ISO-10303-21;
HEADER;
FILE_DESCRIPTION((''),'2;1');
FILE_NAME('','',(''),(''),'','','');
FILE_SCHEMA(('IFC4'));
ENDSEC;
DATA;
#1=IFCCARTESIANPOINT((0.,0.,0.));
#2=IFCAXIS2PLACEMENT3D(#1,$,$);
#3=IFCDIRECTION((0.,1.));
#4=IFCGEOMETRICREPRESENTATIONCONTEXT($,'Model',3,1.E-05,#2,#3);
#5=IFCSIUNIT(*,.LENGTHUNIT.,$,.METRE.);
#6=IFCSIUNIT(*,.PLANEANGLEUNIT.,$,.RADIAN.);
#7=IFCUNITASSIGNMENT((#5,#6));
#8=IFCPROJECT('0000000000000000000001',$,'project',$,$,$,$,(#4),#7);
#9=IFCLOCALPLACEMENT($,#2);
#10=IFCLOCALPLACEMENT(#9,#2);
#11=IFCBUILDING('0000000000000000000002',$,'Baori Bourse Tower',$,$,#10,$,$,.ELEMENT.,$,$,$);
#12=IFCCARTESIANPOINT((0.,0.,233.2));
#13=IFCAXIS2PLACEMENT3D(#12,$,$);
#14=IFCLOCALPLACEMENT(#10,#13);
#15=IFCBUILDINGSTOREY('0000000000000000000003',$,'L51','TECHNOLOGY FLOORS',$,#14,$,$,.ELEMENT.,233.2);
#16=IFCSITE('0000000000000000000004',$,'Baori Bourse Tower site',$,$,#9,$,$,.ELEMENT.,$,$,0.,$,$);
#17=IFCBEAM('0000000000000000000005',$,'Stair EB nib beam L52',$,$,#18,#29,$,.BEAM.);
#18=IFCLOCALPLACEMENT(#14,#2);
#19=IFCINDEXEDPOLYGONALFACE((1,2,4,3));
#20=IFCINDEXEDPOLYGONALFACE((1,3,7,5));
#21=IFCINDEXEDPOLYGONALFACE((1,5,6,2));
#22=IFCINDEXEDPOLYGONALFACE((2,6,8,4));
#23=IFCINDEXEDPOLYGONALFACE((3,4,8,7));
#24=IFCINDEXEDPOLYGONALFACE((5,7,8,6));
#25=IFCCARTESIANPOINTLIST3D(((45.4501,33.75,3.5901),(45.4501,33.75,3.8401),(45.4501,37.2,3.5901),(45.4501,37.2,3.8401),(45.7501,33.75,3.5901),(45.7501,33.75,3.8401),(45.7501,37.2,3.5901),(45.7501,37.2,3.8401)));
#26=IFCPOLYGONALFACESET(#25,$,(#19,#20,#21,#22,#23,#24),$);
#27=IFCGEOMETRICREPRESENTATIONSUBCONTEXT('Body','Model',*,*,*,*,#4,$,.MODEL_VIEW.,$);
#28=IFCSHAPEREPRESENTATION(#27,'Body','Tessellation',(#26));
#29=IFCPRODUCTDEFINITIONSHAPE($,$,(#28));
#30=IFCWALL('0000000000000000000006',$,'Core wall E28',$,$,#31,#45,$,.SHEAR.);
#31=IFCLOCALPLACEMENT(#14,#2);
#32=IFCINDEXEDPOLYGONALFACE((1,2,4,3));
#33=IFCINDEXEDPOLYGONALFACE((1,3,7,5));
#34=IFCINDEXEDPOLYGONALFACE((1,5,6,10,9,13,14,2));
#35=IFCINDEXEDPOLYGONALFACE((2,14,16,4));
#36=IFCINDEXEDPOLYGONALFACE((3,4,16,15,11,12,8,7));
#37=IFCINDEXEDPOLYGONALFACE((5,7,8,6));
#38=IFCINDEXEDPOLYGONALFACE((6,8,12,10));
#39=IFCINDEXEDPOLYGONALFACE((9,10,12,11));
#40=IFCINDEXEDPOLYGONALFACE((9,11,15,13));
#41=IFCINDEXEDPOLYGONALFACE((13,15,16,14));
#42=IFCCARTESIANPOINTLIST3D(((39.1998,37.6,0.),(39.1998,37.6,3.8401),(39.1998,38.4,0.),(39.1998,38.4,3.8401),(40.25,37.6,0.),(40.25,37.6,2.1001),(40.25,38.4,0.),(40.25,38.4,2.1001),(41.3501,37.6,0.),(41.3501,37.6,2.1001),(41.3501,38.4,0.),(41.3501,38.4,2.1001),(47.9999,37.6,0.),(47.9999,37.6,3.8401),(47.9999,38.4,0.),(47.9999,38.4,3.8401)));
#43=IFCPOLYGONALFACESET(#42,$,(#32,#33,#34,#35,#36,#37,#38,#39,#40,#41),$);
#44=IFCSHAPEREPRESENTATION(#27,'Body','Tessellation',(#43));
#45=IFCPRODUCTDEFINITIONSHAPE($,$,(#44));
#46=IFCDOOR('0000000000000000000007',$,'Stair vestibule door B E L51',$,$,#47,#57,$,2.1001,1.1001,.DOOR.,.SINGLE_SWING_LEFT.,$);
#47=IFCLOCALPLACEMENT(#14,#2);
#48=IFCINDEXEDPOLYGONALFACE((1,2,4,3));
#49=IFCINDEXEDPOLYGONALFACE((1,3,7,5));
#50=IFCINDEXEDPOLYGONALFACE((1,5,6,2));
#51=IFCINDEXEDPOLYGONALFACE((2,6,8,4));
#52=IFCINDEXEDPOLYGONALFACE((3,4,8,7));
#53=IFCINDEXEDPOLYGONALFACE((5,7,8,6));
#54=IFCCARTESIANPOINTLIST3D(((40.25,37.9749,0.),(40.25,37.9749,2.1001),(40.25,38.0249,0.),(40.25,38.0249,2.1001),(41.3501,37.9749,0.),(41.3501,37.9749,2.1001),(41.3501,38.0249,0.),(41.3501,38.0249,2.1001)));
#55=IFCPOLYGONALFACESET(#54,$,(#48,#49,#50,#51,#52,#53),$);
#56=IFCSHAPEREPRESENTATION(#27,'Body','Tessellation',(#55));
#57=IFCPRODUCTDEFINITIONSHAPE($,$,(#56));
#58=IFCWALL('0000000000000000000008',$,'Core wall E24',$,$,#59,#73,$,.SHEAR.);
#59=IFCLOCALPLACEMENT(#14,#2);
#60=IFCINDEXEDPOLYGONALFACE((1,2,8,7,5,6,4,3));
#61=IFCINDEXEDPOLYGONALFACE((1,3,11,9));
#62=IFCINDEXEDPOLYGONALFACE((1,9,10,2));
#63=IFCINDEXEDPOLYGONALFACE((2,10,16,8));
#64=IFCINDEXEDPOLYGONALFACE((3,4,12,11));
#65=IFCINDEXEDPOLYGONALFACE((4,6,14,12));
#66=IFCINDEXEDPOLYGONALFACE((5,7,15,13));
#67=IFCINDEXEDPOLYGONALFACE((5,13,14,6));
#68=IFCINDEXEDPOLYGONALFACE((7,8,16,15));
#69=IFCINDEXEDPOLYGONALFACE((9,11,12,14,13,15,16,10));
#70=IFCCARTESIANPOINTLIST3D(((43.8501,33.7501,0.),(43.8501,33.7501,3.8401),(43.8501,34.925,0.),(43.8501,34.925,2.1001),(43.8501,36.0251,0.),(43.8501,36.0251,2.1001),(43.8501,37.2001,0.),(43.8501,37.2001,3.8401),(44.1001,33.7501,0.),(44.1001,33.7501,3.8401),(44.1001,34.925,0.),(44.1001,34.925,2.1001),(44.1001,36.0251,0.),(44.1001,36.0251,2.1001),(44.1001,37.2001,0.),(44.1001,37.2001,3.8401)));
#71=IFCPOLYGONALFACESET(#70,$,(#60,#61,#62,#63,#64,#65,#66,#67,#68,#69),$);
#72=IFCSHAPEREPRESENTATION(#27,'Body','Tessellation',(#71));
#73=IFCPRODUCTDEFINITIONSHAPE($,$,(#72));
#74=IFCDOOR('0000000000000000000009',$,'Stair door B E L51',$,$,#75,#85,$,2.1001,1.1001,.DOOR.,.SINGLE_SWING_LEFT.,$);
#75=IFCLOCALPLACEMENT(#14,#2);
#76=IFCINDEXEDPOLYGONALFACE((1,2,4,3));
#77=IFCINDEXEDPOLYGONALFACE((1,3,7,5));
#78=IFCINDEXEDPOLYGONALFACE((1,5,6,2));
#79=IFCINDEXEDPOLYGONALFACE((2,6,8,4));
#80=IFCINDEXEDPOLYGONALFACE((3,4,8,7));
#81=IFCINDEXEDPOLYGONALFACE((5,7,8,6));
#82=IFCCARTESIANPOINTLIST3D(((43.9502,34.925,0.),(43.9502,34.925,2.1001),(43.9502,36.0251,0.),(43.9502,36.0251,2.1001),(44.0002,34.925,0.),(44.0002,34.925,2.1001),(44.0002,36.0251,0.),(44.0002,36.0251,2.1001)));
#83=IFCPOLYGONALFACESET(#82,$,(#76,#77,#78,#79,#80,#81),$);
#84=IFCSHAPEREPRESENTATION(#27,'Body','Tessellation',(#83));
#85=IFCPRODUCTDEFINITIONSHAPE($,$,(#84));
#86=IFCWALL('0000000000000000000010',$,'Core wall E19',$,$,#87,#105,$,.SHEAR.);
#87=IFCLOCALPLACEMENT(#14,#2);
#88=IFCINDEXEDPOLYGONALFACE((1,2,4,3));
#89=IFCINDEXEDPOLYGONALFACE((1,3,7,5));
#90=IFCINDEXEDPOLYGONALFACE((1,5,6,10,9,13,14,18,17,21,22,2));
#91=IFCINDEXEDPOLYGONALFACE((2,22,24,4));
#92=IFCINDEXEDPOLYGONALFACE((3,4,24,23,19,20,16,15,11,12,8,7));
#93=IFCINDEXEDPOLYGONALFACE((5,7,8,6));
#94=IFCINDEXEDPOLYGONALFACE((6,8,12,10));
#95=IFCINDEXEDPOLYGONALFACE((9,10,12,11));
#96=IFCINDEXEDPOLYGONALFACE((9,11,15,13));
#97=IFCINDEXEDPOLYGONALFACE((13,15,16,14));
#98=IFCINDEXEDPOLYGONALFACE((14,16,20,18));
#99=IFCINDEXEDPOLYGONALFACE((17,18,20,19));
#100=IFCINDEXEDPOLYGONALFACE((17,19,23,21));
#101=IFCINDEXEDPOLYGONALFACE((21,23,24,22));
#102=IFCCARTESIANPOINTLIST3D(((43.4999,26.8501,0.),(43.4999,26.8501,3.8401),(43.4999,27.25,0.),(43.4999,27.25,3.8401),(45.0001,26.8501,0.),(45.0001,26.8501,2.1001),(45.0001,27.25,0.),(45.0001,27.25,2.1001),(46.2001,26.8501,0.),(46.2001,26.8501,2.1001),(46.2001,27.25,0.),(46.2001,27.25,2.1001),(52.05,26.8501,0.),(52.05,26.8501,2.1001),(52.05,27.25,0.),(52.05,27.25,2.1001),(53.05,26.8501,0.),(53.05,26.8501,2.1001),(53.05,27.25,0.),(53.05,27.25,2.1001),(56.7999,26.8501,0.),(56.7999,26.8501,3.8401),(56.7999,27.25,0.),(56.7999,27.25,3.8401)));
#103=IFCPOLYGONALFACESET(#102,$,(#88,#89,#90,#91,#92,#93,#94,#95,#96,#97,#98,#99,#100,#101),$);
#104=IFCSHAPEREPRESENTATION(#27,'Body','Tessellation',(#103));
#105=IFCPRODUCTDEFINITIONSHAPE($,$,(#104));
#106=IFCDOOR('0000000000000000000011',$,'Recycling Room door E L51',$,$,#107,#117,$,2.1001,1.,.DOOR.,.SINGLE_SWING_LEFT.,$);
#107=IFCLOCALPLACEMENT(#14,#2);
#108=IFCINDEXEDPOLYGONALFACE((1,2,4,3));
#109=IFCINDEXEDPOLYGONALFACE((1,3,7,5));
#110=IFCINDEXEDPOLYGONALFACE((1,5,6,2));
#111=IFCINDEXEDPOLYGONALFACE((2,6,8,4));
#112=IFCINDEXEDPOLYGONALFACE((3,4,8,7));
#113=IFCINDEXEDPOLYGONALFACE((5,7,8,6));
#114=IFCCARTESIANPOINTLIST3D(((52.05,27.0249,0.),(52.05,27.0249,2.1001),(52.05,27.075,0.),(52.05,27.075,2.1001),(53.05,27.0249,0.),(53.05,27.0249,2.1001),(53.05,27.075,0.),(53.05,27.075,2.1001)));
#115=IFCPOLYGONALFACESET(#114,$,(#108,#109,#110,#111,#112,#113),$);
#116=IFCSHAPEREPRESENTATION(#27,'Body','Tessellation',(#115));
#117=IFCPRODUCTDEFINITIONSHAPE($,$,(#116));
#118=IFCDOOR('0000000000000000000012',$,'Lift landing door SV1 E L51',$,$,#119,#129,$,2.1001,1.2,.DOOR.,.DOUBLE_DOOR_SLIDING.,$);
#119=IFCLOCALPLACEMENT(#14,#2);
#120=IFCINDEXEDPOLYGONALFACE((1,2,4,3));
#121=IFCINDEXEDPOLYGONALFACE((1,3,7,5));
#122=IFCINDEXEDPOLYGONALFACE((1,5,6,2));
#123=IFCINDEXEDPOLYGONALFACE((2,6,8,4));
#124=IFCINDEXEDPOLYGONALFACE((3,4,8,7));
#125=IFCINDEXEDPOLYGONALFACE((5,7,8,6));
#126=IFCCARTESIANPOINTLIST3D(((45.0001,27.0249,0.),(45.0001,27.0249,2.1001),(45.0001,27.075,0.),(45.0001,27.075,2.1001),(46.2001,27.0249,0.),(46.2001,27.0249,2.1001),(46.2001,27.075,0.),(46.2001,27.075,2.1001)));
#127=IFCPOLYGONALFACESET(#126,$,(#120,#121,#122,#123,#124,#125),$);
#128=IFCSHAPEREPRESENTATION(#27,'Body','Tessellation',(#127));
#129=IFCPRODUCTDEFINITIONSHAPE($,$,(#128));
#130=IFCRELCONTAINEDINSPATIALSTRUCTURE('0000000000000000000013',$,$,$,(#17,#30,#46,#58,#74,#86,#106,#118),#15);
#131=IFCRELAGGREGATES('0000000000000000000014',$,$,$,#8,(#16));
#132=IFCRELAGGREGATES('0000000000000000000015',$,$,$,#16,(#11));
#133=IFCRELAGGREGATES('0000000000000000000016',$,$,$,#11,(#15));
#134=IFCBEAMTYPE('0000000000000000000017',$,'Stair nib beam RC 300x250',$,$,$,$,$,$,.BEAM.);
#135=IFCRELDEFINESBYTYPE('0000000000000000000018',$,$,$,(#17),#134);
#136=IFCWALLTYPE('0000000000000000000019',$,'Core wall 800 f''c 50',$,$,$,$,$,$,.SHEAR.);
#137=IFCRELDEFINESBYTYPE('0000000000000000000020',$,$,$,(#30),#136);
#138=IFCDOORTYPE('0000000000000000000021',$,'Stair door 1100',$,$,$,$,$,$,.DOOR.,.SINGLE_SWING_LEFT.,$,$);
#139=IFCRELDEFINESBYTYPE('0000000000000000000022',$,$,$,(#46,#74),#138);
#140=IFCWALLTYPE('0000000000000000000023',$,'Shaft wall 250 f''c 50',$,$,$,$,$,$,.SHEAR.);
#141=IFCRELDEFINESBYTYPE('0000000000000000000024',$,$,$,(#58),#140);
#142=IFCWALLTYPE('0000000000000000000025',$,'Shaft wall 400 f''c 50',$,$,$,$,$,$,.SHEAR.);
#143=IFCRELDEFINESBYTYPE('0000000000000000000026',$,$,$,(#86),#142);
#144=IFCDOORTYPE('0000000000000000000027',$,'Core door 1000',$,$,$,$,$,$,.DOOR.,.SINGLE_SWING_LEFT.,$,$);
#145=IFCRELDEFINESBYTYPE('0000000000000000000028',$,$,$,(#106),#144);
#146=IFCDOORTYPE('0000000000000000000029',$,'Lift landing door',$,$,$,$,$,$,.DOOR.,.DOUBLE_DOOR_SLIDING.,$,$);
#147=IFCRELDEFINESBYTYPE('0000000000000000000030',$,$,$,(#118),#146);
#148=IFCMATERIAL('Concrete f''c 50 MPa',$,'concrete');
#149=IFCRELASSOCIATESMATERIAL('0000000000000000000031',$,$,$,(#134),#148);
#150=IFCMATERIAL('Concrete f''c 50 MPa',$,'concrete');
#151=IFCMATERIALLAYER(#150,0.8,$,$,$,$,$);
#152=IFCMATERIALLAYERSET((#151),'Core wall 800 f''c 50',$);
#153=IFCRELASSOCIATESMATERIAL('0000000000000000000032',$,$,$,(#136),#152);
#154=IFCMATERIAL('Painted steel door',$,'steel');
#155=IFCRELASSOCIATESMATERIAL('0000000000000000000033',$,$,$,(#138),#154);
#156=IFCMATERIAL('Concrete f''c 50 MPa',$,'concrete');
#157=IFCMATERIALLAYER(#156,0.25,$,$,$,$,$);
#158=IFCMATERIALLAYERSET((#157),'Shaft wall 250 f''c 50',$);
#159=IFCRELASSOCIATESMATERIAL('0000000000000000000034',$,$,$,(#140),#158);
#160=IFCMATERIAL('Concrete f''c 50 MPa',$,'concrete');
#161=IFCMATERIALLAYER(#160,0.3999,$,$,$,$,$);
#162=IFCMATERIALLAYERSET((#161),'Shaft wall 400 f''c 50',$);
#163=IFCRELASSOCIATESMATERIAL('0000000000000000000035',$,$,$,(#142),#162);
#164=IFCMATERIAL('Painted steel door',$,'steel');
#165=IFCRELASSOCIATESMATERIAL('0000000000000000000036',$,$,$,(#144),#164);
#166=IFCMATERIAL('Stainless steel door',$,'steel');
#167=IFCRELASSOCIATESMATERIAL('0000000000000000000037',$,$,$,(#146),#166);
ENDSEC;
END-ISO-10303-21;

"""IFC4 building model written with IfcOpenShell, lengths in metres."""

from ifc_helpers import new_model, si_unit, direction, frame, frame_2d, origin, origin_2d, place, context, subcontext, project, spatial, rectangle, extrude, material, layer, layer_set, material_profile, profile_set, type_object, element, fill, save


model = new_model("IFC4")

# Units and contexts
model_context = context("Model", 3, precision=1e-05, world=origin(), true_north=direction((0.0, 1.0)))
body_context = subcontext(model_context, "Body", "Model", "MODEL_VIEW")
ifc_project = project(units=[si_unit("LENGTHUNIT", "METRE"), si_unit("PLANEANGLEUNIT", "RADIAN")], contexts=[model_context])

# Site, building, storey
site_placement = place(None, origin())
site = spatial("IfcSite", under=ifc_project, at=site_placement, Name="Baori Bourse Tower site", CompositionType="ELEMENT", RefElevation=0.0)
building_placement = place(site_placement, origin())
building = spatial("IfcBuilding", under=site, at=building_placement, Name="Baori Bourse Tower", CompositionType="ELEMENT")
storey_placement = place(building_placement, frame((0.0, 0.0, 233.2)))
storey = spatial("IfcBuildingStorey", under=building, at=storey_placement, Name="L51", Description="TECHNOLOGY FLOORS", CompositionType="ELEMENT", Elevation=233.2)

# Beam
ifc_material_1 = material(Name="Concrete f'c 50 MPa", Category="concrete")
ifc_material_profile = material_profile(ifc_material_1, rectangle(XDim=0.3, YDim=0.25, at=origin_2d()), Name="RC 300x250")
ifc_profile_set = profile_set([ifc_material_profile], Name="Concrete f'c 50 MPa")
beam_type = type_object("IfcBeamType", Name="Stair nib beam RC 300x250", PredefinedType="BEAM", material=ifc_profile_set)
beam_placement = place(storey_placement, frame((45.6001, 33.75, 3.7151), z_axis=(0.0, 1.0, 0.0), x_axis=(-1.0, 0.0, 0.0)))
element("IfcBeam", 1, at=beam_placement, inside=storey, type_object=beam_type, Name="Stair EB nib beam L52", PredefinedType="BEAM", context=body_context, shape_type="SweptSolid", body=[
    extrude(rectangle(XDim=0.3, YDim=0.25, at=origin_2d()), origin(), (0.0, 0.0, 1.0), 3.45),
])

# Walls, openings, doors
ifc_material_2 = material(Name="Concrete f'c 50 MPa", Category="concrete")
ifc_layer_1 = layer(ifc_material_2, 0.8)
ifc_layer_set_1 = layer_set([ifc_layer_1], Name="Core wall 800 f'c 50")
wall_type_1 = type_object("IfcWallType", Name="Core wall 800 f'c 50", PredefinedType="SHEAR", material=ifc_layer_set_1)
wall_1_placement = place(storey_placement, frame((39.2, 38.0, 0.0), z_axis=(0.0, 0.0, 1.0), x_axis=(1.0, 0.0, 0.0)))
wall_1 = element("IfcWall", 2, at=wall_1_placement, inside=storey, type_object=wall_type_1, Name="Core wall E28", PredefinedType="SHEAR", context=body_context, shape_type="SweptSolid", body=[
    extrude(rectangle(XDim=8.8, YDim=0.8, at=frame_2d((4.3999, 0.0))), origin(), (0.0, 0.0, 1.0), 3.8401),
])
opening_1_placement = place(wall_1_placement, frame((1.05, 0.0, 0.0)))
opening_1 = element("IfcOpeningElement", 3, at=opening_1_placement, cuts=wall_1, PredefinedType="OPENING", context=body_context, shape_type="SweptSolid", body=[
    extrude(rectangle(XDim=1.1001, YDim=2.1001, at=frame_2d((0.55, 1.05))), frame((0.0, 0.4099, 0.0), z_axis=(0.0, -1.0, 0.0), x_axis=(1.0, 0.0, 0.0)), (0.0, 0.0, 1.0), 0.8201),
])
ifc_material_3 = material(Name="Painted steel door", Category="steel")
door_type_1 = type_object("IfcDoorType", Name="Stair door 1100", OperationType="SINGLE_SWING_LEFT", PredefinedType="DOOR", material=ifc_material_3)
door_1_placement = place(opening_1_placement, origin())
door_1 = element("IfcDoor", 4, at=door_1_placement, inside=storey, type_object=door_type_1, Name="Stair vestibule door B E L51", OperationType="SINGLE_SWING_LEFT", OverallHeight=2.1001, OverallWidth=1.1001, PredefinedType="DOOR", context=body_context, shape_type="SweptSolid", body=[
    extrude(rectangle(XDim=1.1001, YDim=2.1001, at=frame_2d((0.55, 1.05))), frame((0.0, 0.0249, 0.0), z_axis=(0.0, -1.0, 0.0), x_axis=(1.0, 0.0, 0.0)), (0.0, 0.0, 1.0), 0.05),
])
fill(opening_1, door_1)
ifc_material_4 = material(Name="Concrete f'c 50 MPa", Category="concrete")
ifc_layer_2 = layer(ifc_material_4, 0.25)
ifc_layer_set_2 = layer_set([ifc_layer_2], Name="Shaft wall 250 f'c 50")
wall_type_2 = type_object("IfcWallType", Name="Shaft wall 250 f'c 50", PredefinedType="SHEAR", material=ifc_layer_set_2)
wall_2_placement = place(storey_placement, frame((43.9751, 33.75, 0.0), z_axis=(0.0, 0.0, 1.0), x_axis=(0.0, 1.0, 0.0)))
wall_2 = element("IfcWall", 5, at=wall_2_placement, inside=storey, type_object=wall_type_2, Name="Core wall E24", PredefinedType="SHEAR", context=body_context, shape_type="SweptSolid", body=[
    extrude(rectangle(XDim=3.45, YDim=0.25, at=frame_2d((1.7251, 0.0))), origin(), (0.0, 0.0, 1.0), 3.8401),
])
opening_2_placement = place(wall_2_placement, frame((1.175, 0.0, 0.0)))
opening_2 = element("IfcOpeningElement", 6, at=opening_2_placement, cuts=wall_2, PredefinedType="OPENING", context=body_context, shape_type="SweptSolid", body=[
    extrude(rectangle(XDim=1.1001, YDim=2.1001, at=frame_2d((0.55, 1.05))), frame((0.0, 0.135, 0.0), z_axis=(0.0, -1.0, 0.0), x_axis=(1.0, 0.0, 0.0)), (0.0, 0.0, 1.0), 0.27),
])
door_2_placement = place(opening_2_placement, origin())
door_2 = element("IfcDoor", 7, at=door_2_placement, inside=storey, type_object=door_type_1, Name="Stair door B E L51", OperationType="SINGLE_SWING_LEFT", OverallHeight=2.1001, OverallWidth=1.1001, PredefinedType="DOOR", context=body_context, shape_type="SweptSolid", body=[
    extrude(rectangle(XDim=1.1001, YDim=2.1001, at=frame_2d((0.55, 1.05))), frame((0.0, 0.0249, 0.0), z_axis=(0.0, -1.0, 0.0), x_axis=(1.0, 0.0, 0.0)), (0.0, 0.0, 1.0), 0.05),
])
fill(opening_2, door_2)

# Wall, openings, doors
ifc_material_5 = material(Name="Concrete f'c 50 MPa", Category="concrete")
ifc_layer_3 = layer(ifc_material_5, 0.3999)
ifc_layer_set_3 = layer_set([ifc_layer_3], Name="Shaft wall 400 f'c 50")
wall_type_3 = type_object("IfcWallType", Name="Shaft wall 400 f'c 50", PredefinedType="SHEAR", material=ifc_layer_set_3)
wall_3_placement = place(storey_placement, frame((43.5, 27.05, 0.0), z_axis=(0.0, 0.0, 1.0), x_axis=(1.0, 0.0, 0.0)))
wall_3 = element("IfcWall", 8, at=wall_3_placement, inside=storey, type_object=wall_type_3, Name="Core wall E19", PredefinedType="SHEAR", context=body_context, shape_type="SweptSolid", body=[
    extrude(rectangle(XDim=13.3, YDim=0.3999, at=frame_2d((6.6499, 0.0))), origin(), (0.0, 0.0, 1.0), 3.8401),
])
opening_3_placement = place(wall_3_placement, frame((8.55, 0.0, 0.0)))
opening_3 = element("IfcOpeningElement", 9, at=opening_3_placement, cuts=wall_3, PredefinedType="OPENING", context=body_context, shape_type="SweptSolid", body=[
    extrude(rectangle(XDim=1.0, YDim=2.1001, at=frame_2d((0.5, 1.05))), frame((0.0, 0.21, 0.0), z_axis=(0.0, -1.0, 0.0), x_axis=(1.0, 0.0, 0.0)), (0.0, 0.0, 1.0), 0.4199),
])
opening_4_placement = place(wall_3_placement, frame((1.5, 0.0, 0.0)))
opening_4 = element("IfcOpeningElement", 10, at=opening_4_placement, cuts=wall_3, PredefinedType="OPENING", context=body_context, shape_type="SweptSolid", body=[
    extrude(rectangle(XDim=1.2, YDim=2.1001, at=frame_2d((0.6001, 1.05))), frame((0.0, 0.21, 0.0), z_axis=(0.0, -1.0, 0.0), x_axis=(1.0, 0.0, 0.0)), (0.0, 0.0, 1.0), 0.4199),
])
ifc_material_6 = material(Name="Painted steel door", Category="steel")
door_type_2 = type_object("IfcDoorType", Name="Core door 1000", OperationType="SINGLE_SWING_LEFT", PredefinedType="DOOR", material=ifc_material_6)
door_3_placement = place(opening_3_placement, origin())
door_3 = element("IfcDoor", 11, at=door_3_placement, inside=storey, type_object=door_type_2, Name="Recycling Room door E L51", OperationType="SINGLE_SWING_LEFT", OverallHeight=2.1001, OverallWidth=1.0, PredefinedType="DOOR", context=body_context, shape_type="SweptSolid", body=[
    extrude(rectangle(XDim=1.0, YDim=2.1001, at=frame_2d((0.5, 1.05))), frame((0.0, 0.0249, 0.0), z_axis=(0.0, -1.0, 0.0), x_axis=(1.0, 0.0, 0.0)), (0.0, 0.0, 1.0), 0.05),
])
fill(opening_3, door_3)
ifc_material_7 = material(Name="Stainless steel door", Category="steel")
door_type_3 = type_object("IfcDoorType", Name="Lift landing door", OperationType="DOUBLE_DOOR_SLIDING", PredefinedType="DOOR", material=ifc_material_7)
door_4_placement = place(opening_4_placement, origin())
door_4 = element("IfcDoor", 12, at=door_4_placement, inside=storey, type_object=door_type_3, Name="Lift landing door SV1 E L51", OperationType="DOUBLE_DOOR_SLIDING", OverallHeight=2.1001, OverallWidth=1.2, PredefinedType="DOOR", context=body_context, shape_type="SweptSolid", body=[
    extrude(rectangle(XDim=1.2, YDim=2.1001, at=frame_2d((0.6001, 1.05))), frame((0.0, 0.0249, 0.0), z_axis=(0.0, -1.0, 0.0), x_axis=(1.0, 0.0, 0.0)), (0.0, 0.0, 1.0), 0.05),
])
fill(opening_4, door_4)

save(model, "model.ifc")
